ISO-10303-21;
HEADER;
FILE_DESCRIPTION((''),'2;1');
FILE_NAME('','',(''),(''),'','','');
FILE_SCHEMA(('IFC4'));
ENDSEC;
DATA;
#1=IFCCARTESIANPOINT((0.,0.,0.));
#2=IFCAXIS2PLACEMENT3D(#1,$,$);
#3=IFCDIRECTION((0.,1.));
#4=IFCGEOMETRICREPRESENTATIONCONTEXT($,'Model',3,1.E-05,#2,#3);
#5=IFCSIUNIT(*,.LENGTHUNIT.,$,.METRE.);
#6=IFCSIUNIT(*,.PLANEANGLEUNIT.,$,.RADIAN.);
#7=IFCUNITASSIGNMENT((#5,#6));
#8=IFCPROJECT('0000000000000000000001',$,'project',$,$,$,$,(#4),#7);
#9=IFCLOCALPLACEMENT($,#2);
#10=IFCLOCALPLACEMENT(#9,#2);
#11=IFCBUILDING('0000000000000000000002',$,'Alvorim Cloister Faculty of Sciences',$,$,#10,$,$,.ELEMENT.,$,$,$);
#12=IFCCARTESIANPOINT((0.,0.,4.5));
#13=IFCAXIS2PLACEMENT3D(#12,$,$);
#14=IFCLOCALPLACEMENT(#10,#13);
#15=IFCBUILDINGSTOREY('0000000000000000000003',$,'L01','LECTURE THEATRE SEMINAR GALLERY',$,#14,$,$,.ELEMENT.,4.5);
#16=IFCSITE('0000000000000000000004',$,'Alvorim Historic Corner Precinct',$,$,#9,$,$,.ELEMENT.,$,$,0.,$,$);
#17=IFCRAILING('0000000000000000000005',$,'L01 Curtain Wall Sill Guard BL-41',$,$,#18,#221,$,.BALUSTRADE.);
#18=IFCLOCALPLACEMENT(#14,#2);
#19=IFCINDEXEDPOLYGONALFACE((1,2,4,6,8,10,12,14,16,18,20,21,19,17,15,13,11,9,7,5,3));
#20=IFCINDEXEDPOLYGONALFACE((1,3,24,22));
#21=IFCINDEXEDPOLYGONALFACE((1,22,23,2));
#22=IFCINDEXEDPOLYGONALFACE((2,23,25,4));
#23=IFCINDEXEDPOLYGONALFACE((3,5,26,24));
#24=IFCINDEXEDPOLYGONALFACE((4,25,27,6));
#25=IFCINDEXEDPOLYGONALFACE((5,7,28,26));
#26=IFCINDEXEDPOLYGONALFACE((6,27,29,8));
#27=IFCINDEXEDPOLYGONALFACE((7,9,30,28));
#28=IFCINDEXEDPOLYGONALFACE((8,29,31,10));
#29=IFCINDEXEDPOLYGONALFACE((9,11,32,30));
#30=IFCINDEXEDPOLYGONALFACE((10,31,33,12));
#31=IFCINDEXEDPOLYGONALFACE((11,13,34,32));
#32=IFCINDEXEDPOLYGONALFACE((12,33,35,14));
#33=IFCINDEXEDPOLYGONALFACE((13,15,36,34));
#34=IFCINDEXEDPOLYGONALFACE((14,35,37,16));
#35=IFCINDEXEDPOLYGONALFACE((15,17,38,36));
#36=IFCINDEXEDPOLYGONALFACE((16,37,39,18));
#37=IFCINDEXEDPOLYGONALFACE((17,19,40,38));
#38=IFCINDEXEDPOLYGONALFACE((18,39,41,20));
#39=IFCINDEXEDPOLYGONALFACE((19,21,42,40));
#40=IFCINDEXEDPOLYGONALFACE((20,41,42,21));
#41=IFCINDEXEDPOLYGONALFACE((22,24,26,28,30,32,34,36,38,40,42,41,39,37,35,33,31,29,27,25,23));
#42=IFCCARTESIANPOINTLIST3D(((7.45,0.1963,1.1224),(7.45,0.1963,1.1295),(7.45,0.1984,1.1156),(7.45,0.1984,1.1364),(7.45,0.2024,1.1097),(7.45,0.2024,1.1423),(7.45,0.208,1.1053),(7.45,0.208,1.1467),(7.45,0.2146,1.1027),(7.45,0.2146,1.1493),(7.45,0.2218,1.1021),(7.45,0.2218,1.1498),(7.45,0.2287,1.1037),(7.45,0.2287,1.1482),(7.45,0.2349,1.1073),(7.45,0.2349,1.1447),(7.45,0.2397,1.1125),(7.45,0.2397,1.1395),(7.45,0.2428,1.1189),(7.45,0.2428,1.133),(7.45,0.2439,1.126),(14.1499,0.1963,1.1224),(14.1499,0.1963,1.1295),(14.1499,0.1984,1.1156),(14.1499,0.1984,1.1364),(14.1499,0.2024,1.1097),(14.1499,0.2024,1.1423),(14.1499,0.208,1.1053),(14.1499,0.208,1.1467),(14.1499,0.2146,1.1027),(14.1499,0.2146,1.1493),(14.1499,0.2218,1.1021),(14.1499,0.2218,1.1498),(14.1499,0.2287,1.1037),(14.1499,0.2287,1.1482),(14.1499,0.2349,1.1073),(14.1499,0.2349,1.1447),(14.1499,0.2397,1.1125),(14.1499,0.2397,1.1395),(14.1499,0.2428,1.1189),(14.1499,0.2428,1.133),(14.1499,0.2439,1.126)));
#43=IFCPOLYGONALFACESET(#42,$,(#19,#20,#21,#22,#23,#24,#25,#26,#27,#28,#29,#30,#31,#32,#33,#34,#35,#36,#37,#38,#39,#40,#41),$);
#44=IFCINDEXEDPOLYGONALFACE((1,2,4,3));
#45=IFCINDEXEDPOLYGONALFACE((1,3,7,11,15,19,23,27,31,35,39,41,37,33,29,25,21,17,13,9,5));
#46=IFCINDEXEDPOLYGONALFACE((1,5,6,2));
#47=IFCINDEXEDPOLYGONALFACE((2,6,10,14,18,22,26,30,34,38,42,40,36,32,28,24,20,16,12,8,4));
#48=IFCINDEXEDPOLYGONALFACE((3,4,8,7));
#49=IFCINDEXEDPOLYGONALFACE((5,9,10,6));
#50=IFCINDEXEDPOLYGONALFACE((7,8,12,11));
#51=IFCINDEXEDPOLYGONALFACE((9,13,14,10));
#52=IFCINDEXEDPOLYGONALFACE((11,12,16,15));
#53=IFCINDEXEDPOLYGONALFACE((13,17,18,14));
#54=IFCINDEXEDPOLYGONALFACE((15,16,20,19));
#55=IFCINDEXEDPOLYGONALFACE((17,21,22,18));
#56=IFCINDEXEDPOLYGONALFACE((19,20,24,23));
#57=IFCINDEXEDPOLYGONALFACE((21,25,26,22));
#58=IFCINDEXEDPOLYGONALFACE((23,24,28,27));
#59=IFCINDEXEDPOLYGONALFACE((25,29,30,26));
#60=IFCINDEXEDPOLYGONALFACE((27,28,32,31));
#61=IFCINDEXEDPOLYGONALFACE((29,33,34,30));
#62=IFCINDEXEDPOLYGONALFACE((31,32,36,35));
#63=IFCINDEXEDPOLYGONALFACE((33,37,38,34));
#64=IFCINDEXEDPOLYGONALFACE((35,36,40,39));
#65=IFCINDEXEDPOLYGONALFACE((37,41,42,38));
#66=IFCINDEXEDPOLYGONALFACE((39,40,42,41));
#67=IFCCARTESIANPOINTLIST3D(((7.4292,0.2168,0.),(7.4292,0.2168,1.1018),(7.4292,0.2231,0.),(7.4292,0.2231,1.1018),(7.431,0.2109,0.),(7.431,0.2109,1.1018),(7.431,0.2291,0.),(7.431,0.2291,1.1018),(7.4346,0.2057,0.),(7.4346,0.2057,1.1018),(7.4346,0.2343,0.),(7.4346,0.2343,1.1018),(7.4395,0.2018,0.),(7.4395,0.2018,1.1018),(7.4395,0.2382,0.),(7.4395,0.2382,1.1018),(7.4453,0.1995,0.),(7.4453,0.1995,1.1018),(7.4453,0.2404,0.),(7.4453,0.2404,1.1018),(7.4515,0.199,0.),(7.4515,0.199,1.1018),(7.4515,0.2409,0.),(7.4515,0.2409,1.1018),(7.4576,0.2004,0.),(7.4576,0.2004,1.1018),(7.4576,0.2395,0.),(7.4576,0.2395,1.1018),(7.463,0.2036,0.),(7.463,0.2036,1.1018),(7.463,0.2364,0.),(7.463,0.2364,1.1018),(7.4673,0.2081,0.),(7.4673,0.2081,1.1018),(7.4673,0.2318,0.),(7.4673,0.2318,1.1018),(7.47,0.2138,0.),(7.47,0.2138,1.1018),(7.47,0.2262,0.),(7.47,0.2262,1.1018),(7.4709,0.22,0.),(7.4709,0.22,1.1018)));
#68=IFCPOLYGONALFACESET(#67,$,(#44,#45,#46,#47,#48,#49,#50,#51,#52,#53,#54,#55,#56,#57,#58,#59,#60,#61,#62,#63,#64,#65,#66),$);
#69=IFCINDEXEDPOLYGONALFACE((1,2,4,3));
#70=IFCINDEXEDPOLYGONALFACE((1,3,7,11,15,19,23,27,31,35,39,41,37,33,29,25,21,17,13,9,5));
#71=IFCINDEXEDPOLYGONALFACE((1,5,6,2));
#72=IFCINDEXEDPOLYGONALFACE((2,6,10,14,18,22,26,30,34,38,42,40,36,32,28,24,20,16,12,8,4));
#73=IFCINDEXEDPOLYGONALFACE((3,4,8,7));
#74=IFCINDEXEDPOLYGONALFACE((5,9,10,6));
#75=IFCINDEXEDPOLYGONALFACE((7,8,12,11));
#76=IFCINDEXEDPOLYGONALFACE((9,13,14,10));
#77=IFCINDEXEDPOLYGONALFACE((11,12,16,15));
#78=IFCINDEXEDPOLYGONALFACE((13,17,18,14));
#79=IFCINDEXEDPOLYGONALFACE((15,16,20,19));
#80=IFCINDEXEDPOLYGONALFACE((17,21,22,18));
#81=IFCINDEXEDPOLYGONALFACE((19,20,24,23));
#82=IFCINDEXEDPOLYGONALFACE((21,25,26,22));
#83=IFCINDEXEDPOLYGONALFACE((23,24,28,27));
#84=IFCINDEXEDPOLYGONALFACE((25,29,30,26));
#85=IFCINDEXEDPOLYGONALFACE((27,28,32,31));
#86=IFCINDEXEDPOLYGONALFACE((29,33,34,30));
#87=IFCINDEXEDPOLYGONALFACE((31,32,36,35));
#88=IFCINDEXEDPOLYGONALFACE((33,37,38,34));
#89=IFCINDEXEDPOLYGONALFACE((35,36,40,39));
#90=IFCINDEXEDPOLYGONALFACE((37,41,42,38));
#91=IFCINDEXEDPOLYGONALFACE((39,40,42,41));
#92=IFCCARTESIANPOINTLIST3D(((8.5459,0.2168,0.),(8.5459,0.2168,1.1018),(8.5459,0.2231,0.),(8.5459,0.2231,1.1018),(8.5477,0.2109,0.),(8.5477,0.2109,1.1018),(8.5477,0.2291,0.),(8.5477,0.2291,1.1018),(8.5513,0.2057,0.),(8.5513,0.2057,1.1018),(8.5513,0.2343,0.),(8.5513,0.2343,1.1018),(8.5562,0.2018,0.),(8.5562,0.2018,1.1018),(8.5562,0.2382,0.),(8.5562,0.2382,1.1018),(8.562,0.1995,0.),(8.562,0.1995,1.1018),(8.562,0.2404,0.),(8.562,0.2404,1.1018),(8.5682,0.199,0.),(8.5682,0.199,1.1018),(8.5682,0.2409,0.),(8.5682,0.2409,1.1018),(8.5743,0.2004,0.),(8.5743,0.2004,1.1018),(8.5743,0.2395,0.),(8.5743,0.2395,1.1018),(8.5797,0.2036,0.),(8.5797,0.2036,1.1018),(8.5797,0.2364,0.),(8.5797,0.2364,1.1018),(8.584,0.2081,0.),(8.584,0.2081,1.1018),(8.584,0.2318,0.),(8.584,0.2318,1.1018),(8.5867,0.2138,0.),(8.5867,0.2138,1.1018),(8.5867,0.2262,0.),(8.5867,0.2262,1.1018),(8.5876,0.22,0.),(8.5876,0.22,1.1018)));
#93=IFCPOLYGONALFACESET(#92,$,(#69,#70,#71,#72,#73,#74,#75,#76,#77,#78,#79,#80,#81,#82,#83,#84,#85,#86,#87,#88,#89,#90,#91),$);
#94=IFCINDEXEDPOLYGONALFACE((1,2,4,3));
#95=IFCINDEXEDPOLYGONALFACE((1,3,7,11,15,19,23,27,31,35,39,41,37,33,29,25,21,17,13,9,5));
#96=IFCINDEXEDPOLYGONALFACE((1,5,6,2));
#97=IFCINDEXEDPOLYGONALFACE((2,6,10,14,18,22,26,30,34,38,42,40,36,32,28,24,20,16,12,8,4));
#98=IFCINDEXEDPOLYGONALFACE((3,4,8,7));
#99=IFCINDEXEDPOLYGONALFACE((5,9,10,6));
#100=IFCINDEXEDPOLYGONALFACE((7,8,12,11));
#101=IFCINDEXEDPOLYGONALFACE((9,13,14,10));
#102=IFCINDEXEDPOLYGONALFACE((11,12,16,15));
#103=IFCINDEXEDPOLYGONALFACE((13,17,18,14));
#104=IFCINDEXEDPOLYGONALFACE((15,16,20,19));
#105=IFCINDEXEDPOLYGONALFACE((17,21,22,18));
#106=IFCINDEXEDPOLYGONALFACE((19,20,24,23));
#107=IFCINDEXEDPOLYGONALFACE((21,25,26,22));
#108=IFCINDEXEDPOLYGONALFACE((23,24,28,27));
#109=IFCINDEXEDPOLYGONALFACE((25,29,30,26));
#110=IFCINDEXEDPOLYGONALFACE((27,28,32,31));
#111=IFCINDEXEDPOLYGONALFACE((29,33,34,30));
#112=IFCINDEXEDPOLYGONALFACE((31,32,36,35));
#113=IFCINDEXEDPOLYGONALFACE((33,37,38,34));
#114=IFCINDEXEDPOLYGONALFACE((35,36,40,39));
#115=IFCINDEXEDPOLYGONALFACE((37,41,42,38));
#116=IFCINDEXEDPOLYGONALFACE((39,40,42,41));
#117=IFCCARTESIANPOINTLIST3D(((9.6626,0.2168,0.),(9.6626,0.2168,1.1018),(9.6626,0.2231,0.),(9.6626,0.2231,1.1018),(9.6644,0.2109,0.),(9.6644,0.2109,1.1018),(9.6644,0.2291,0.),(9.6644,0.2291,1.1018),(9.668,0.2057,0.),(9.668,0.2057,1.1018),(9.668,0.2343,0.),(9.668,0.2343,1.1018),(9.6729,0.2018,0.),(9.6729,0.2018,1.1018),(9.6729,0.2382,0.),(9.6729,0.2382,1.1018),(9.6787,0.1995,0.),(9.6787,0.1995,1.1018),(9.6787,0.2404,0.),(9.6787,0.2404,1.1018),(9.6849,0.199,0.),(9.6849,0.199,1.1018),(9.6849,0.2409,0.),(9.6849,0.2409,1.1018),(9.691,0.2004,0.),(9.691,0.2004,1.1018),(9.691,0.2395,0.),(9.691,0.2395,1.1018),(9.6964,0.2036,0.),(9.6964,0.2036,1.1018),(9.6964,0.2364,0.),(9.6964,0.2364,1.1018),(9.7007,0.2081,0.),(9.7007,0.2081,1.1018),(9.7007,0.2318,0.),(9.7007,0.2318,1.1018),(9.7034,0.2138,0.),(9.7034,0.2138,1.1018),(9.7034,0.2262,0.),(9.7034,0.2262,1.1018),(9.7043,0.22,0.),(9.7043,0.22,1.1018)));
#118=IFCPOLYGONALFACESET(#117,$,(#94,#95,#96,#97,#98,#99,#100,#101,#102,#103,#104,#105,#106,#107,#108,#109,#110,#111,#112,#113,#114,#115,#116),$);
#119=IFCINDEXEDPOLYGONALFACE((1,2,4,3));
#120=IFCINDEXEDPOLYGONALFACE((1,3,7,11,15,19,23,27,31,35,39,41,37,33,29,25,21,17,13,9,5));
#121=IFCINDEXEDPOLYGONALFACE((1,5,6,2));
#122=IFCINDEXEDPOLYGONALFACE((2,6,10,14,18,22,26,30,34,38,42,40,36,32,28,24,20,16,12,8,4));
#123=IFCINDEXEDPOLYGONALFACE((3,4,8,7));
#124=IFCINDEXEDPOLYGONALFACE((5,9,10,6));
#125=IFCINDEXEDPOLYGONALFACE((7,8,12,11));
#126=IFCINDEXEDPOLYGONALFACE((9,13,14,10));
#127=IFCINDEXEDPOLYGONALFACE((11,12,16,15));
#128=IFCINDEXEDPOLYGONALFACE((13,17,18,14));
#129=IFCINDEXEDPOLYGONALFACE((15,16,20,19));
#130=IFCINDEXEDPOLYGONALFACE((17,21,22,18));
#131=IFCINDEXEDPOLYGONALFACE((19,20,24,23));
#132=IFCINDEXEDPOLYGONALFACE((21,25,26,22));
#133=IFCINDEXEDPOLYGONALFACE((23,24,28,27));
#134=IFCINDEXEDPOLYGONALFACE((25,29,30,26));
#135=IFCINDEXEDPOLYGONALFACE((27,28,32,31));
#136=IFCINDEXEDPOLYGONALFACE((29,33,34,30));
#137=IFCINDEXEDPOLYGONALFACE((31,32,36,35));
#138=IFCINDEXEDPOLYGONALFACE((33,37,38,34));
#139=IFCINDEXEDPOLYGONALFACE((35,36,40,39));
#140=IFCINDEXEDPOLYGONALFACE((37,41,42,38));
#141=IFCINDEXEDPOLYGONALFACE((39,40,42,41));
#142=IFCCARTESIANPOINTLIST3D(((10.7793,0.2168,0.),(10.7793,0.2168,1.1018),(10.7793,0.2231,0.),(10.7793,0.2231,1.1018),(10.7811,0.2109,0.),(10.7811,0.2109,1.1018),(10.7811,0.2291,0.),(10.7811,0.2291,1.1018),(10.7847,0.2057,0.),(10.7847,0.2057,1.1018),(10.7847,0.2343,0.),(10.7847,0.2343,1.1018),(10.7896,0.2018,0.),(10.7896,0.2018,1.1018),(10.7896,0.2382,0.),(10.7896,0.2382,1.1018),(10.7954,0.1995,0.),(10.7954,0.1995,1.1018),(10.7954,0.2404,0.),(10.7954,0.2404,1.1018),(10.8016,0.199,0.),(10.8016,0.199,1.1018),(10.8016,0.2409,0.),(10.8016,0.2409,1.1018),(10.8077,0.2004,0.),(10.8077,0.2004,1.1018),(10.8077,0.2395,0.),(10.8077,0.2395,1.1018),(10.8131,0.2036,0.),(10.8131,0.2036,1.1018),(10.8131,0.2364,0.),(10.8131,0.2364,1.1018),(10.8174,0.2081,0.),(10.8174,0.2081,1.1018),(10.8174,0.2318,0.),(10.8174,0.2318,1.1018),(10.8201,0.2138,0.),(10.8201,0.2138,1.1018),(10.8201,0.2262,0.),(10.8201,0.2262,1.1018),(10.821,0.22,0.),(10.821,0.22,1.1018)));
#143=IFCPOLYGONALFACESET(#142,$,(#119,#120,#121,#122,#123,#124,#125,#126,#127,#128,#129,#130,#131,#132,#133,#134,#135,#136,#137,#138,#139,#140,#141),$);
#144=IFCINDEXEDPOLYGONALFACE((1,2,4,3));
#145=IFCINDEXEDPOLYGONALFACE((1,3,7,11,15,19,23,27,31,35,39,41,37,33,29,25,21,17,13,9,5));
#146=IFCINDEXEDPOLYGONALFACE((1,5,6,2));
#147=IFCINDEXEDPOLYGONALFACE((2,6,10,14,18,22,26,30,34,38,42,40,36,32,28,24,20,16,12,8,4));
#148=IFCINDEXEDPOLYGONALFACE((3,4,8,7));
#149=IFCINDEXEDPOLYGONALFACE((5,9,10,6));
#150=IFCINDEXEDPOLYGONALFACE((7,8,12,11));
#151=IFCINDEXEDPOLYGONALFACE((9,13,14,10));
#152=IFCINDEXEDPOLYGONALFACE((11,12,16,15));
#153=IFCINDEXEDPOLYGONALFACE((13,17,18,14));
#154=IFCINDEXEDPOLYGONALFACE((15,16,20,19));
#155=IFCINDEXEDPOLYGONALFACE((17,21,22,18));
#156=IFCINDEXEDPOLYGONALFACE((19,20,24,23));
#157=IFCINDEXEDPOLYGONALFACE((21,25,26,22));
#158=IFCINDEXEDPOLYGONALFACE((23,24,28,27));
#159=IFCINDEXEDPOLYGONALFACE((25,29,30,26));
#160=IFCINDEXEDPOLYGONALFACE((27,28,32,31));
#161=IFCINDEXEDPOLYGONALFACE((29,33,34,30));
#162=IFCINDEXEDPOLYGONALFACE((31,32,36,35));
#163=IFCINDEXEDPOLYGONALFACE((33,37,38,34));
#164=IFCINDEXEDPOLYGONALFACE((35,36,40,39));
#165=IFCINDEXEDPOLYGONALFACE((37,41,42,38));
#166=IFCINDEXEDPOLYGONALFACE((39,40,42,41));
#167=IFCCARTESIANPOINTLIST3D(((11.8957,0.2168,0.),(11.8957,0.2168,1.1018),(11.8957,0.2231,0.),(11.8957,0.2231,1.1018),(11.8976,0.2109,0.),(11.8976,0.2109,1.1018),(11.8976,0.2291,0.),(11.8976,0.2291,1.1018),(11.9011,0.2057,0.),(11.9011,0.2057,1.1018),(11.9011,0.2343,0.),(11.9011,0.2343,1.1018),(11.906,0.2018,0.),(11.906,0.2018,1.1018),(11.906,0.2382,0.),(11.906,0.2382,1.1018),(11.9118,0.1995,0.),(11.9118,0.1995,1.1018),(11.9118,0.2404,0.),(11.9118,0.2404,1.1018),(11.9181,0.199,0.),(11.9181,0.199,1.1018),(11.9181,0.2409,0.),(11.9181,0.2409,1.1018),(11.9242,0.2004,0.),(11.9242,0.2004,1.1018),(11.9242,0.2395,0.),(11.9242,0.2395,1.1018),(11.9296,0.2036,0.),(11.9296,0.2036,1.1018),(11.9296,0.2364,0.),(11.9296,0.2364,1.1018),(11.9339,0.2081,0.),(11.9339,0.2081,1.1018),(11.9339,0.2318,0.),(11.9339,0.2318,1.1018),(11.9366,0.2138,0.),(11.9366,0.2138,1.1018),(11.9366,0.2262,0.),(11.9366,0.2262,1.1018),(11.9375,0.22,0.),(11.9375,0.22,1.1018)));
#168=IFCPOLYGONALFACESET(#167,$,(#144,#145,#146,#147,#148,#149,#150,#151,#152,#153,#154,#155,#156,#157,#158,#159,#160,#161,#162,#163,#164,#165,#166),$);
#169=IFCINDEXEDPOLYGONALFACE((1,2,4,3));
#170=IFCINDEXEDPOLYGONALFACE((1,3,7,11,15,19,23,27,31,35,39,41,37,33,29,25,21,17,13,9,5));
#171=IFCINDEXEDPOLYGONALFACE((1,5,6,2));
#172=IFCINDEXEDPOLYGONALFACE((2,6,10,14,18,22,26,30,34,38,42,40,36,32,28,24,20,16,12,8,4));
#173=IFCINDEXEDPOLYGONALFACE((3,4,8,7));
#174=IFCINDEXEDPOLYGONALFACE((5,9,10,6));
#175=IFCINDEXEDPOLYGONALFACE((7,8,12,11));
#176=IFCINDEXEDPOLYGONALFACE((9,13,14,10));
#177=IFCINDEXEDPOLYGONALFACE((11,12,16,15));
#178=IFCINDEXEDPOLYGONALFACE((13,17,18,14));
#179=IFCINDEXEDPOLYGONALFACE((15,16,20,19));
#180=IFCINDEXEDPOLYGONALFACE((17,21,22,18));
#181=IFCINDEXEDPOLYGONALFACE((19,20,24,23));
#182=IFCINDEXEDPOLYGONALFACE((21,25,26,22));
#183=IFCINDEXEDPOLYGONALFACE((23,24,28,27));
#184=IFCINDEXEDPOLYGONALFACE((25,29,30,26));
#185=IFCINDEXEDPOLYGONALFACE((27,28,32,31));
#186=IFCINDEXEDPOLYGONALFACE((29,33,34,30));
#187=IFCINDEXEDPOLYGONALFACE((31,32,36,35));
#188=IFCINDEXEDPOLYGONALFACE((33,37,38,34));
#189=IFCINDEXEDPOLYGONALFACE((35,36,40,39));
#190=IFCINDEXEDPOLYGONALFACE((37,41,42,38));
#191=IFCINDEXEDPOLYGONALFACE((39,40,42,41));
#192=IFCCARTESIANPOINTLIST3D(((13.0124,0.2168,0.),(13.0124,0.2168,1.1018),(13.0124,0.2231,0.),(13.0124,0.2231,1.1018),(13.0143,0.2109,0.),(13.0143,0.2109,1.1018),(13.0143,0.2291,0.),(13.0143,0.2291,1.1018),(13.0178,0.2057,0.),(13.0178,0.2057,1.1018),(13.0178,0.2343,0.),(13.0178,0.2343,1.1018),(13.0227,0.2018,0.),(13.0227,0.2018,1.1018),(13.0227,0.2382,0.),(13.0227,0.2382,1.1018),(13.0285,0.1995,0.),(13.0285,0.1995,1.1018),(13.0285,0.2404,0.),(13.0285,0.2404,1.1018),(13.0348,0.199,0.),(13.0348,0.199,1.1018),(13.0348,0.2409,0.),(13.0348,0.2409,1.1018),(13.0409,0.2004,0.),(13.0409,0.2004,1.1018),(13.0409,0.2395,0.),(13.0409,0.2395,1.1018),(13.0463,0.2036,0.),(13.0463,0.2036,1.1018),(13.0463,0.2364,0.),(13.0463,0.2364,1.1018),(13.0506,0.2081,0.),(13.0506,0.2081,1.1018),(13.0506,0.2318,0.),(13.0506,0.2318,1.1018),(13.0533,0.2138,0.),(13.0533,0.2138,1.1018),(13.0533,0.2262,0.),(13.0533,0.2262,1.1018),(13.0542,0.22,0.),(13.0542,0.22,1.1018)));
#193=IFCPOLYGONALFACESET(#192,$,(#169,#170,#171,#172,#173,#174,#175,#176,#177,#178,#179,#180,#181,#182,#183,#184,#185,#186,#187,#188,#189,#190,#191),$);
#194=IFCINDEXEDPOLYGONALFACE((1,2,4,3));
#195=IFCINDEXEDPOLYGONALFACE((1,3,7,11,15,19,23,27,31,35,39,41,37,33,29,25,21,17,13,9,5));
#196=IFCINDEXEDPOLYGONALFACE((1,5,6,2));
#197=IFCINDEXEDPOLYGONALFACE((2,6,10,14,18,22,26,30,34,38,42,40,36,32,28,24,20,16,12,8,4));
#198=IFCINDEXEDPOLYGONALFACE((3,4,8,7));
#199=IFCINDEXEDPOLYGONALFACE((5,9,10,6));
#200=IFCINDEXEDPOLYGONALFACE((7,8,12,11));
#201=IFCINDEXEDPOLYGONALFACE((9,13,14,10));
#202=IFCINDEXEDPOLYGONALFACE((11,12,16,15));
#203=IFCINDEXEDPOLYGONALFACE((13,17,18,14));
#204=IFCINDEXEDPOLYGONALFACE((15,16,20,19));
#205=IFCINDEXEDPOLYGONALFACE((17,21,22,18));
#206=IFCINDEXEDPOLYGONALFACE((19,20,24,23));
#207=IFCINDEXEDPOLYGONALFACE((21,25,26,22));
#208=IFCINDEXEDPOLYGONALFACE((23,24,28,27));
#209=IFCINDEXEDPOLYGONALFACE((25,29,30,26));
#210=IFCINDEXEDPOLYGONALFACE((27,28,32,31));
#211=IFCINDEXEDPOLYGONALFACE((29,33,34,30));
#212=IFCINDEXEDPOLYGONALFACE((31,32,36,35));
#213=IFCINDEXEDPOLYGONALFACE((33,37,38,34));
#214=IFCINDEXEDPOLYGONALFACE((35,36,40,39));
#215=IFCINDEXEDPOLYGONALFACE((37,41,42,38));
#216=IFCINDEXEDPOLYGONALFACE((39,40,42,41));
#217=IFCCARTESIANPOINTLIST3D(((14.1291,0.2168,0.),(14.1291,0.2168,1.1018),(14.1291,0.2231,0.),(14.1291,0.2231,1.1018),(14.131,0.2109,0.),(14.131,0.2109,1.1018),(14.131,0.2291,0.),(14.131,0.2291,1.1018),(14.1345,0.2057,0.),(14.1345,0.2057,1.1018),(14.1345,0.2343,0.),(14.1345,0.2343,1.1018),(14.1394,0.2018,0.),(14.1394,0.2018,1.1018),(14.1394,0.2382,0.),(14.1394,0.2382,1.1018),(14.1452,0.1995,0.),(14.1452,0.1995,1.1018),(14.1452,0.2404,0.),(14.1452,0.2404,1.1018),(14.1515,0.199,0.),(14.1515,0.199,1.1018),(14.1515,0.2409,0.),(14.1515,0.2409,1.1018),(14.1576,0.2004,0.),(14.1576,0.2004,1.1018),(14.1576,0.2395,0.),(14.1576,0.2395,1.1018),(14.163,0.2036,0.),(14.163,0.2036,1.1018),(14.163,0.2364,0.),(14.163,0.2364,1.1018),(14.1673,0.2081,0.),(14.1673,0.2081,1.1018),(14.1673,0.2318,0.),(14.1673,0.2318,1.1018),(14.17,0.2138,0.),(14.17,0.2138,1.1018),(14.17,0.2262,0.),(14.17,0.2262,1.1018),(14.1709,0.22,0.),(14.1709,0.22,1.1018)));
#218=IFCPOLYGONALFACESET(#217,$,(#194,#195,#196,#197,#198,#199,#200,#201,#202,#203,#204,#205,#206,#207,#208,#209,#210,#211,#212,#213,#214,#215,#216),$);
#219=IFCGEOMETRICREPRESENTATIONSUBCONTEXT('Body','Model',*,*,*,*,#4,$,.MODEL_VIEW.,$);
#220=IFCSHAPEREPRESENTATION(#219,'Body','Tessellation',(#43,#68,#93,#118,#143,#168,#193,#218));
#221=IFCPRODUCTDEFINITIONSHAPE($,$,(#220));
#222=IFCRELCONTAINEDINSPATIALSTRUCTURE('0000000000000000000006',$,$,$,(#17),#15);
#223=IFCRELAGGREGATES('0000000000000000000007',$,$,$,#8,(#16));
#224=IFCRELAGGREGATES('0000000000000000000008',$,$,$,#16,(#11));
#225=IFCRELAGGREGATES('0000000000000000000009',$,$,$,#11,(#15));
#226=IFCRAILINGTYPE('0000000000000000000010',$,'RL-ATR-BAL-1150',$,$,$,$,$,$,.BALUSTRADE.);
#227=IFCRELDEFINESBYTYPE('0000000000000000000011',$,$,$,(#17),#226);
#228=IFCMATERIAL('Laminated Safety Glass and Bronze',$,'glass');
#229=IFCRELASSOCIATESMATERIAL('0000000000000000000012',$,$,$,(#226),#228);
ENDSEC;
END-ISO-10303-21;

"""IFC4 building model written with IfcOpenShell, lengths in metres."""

from ifc_helpers import new_model, si_unit, direction, frame, origin, origin_2d, place, context, subcontext, project, spatial, circle, extrude, material, type_object, element, save


model = new_model("IFC4")

# Units and contexts
model_context = context("Model", 3, precision=1e-05, world=origin(), true_north=direction((0.0, 1.0)))
body_context = subcontext(model_context, "Body", "Model", "MODEL_VIEW")
ifc_project = project(units=[si_unit("LENGTHUNIT", "METRE"), si_unit("PLANEANGLEUNIT", "RADIAN")], contexts=[model_context])

# Site, building, storey
site_placement = place(None, origin())
site = spatial("IfcSite", under=ifc_project, at=site_placement, Name="Alvorim Historic Corner Precinct", CompositionType="ELEMENT", RefElevation=0.0)
building_placement = place(site_placement, origin())
building = spatial("IfcBuilding", under=site, at=building_placement, Name="Alvorim Cloister Faculty of Sciences", CompositionType="ELEMENT")
storey_placement = place(building_placement, frame((0.0, 0.0, 4.5)))
storey = spatial("IfcBuildingStorey", under=building, at=storey_placement, Name="L01", Description="LECTURE THEATRE SEMINAR GALLERY", CompositionType="ELEMENT", Elevation=4.5)

# Railing
ifc_material_1 = material(Name="Laminated Safety Glass and Bronze", Category="glass")
railing_type = type_object("IfcRailingType", Name="RL-ATR-BAL-1150", PredefinedType="BALUSTRADE", material=ifc_material_1)
railing_placement = place(storey_placement, frame((7.45, 0.22, 0.0)))
element("IfcRailing", 1, at=railing_placement, inside=storey, type_object=railing_type, Name="L01 Curtain Wall Sill Guard BL-41", PredefinedType="BALUSTRADE", context=body_context, shape_type="SweptSolid", body=[
    extrude(circle(Radius=0.0239, at=origin_2d()), frame((0.0, 0.0, 1.126), z_axis=(1.0, 0.0, 0.0), x_axis=(0.0, 1.0, 0.0)), (0.0, 0.0, 1.0), 6.7),
    extrude(circle(Radius=0.021, at=origin_2d()), origin(), (0.0, 0.0, 1.0), 1.1018),
    extrude(circle(Radius=0.021, at=origin_2d()), frame((1.1167, 0.0, 0.0)), (0.0, 0.0, 1.0), 1.1018),
    extrude(circle(Radius=0.021, at=origin_2d()), frame((2.2334, 0.0, 0.0)), (0.0, 0.0, 1.0), 1.1018),
    extrude(circle(Radius=0.021, at=origin_2d()), frame((3.3501, 0.0, 0.0)), (0.0, 0.0, 1.0), 1.1018),
    extrude(circle(Radius=0.021, at=origin_2d()), frame((4.4666, 0.0, 0.0)), (0.0, 0.0, 1.0), 1.1018),
    extrude(circle(Radius=0.021, at=origin_2d()), frame((5.5833, 0.0, 0.0)), (0.0, 0.0, 1.0), 1.1018),
    extrude(circle(Radius=0.021, at=origin_2d()), frame((6.7, 0.0, 0.0)), (0.0, 0.0, 1.0), 1.1018),
])

save(model, "model.ifc")
